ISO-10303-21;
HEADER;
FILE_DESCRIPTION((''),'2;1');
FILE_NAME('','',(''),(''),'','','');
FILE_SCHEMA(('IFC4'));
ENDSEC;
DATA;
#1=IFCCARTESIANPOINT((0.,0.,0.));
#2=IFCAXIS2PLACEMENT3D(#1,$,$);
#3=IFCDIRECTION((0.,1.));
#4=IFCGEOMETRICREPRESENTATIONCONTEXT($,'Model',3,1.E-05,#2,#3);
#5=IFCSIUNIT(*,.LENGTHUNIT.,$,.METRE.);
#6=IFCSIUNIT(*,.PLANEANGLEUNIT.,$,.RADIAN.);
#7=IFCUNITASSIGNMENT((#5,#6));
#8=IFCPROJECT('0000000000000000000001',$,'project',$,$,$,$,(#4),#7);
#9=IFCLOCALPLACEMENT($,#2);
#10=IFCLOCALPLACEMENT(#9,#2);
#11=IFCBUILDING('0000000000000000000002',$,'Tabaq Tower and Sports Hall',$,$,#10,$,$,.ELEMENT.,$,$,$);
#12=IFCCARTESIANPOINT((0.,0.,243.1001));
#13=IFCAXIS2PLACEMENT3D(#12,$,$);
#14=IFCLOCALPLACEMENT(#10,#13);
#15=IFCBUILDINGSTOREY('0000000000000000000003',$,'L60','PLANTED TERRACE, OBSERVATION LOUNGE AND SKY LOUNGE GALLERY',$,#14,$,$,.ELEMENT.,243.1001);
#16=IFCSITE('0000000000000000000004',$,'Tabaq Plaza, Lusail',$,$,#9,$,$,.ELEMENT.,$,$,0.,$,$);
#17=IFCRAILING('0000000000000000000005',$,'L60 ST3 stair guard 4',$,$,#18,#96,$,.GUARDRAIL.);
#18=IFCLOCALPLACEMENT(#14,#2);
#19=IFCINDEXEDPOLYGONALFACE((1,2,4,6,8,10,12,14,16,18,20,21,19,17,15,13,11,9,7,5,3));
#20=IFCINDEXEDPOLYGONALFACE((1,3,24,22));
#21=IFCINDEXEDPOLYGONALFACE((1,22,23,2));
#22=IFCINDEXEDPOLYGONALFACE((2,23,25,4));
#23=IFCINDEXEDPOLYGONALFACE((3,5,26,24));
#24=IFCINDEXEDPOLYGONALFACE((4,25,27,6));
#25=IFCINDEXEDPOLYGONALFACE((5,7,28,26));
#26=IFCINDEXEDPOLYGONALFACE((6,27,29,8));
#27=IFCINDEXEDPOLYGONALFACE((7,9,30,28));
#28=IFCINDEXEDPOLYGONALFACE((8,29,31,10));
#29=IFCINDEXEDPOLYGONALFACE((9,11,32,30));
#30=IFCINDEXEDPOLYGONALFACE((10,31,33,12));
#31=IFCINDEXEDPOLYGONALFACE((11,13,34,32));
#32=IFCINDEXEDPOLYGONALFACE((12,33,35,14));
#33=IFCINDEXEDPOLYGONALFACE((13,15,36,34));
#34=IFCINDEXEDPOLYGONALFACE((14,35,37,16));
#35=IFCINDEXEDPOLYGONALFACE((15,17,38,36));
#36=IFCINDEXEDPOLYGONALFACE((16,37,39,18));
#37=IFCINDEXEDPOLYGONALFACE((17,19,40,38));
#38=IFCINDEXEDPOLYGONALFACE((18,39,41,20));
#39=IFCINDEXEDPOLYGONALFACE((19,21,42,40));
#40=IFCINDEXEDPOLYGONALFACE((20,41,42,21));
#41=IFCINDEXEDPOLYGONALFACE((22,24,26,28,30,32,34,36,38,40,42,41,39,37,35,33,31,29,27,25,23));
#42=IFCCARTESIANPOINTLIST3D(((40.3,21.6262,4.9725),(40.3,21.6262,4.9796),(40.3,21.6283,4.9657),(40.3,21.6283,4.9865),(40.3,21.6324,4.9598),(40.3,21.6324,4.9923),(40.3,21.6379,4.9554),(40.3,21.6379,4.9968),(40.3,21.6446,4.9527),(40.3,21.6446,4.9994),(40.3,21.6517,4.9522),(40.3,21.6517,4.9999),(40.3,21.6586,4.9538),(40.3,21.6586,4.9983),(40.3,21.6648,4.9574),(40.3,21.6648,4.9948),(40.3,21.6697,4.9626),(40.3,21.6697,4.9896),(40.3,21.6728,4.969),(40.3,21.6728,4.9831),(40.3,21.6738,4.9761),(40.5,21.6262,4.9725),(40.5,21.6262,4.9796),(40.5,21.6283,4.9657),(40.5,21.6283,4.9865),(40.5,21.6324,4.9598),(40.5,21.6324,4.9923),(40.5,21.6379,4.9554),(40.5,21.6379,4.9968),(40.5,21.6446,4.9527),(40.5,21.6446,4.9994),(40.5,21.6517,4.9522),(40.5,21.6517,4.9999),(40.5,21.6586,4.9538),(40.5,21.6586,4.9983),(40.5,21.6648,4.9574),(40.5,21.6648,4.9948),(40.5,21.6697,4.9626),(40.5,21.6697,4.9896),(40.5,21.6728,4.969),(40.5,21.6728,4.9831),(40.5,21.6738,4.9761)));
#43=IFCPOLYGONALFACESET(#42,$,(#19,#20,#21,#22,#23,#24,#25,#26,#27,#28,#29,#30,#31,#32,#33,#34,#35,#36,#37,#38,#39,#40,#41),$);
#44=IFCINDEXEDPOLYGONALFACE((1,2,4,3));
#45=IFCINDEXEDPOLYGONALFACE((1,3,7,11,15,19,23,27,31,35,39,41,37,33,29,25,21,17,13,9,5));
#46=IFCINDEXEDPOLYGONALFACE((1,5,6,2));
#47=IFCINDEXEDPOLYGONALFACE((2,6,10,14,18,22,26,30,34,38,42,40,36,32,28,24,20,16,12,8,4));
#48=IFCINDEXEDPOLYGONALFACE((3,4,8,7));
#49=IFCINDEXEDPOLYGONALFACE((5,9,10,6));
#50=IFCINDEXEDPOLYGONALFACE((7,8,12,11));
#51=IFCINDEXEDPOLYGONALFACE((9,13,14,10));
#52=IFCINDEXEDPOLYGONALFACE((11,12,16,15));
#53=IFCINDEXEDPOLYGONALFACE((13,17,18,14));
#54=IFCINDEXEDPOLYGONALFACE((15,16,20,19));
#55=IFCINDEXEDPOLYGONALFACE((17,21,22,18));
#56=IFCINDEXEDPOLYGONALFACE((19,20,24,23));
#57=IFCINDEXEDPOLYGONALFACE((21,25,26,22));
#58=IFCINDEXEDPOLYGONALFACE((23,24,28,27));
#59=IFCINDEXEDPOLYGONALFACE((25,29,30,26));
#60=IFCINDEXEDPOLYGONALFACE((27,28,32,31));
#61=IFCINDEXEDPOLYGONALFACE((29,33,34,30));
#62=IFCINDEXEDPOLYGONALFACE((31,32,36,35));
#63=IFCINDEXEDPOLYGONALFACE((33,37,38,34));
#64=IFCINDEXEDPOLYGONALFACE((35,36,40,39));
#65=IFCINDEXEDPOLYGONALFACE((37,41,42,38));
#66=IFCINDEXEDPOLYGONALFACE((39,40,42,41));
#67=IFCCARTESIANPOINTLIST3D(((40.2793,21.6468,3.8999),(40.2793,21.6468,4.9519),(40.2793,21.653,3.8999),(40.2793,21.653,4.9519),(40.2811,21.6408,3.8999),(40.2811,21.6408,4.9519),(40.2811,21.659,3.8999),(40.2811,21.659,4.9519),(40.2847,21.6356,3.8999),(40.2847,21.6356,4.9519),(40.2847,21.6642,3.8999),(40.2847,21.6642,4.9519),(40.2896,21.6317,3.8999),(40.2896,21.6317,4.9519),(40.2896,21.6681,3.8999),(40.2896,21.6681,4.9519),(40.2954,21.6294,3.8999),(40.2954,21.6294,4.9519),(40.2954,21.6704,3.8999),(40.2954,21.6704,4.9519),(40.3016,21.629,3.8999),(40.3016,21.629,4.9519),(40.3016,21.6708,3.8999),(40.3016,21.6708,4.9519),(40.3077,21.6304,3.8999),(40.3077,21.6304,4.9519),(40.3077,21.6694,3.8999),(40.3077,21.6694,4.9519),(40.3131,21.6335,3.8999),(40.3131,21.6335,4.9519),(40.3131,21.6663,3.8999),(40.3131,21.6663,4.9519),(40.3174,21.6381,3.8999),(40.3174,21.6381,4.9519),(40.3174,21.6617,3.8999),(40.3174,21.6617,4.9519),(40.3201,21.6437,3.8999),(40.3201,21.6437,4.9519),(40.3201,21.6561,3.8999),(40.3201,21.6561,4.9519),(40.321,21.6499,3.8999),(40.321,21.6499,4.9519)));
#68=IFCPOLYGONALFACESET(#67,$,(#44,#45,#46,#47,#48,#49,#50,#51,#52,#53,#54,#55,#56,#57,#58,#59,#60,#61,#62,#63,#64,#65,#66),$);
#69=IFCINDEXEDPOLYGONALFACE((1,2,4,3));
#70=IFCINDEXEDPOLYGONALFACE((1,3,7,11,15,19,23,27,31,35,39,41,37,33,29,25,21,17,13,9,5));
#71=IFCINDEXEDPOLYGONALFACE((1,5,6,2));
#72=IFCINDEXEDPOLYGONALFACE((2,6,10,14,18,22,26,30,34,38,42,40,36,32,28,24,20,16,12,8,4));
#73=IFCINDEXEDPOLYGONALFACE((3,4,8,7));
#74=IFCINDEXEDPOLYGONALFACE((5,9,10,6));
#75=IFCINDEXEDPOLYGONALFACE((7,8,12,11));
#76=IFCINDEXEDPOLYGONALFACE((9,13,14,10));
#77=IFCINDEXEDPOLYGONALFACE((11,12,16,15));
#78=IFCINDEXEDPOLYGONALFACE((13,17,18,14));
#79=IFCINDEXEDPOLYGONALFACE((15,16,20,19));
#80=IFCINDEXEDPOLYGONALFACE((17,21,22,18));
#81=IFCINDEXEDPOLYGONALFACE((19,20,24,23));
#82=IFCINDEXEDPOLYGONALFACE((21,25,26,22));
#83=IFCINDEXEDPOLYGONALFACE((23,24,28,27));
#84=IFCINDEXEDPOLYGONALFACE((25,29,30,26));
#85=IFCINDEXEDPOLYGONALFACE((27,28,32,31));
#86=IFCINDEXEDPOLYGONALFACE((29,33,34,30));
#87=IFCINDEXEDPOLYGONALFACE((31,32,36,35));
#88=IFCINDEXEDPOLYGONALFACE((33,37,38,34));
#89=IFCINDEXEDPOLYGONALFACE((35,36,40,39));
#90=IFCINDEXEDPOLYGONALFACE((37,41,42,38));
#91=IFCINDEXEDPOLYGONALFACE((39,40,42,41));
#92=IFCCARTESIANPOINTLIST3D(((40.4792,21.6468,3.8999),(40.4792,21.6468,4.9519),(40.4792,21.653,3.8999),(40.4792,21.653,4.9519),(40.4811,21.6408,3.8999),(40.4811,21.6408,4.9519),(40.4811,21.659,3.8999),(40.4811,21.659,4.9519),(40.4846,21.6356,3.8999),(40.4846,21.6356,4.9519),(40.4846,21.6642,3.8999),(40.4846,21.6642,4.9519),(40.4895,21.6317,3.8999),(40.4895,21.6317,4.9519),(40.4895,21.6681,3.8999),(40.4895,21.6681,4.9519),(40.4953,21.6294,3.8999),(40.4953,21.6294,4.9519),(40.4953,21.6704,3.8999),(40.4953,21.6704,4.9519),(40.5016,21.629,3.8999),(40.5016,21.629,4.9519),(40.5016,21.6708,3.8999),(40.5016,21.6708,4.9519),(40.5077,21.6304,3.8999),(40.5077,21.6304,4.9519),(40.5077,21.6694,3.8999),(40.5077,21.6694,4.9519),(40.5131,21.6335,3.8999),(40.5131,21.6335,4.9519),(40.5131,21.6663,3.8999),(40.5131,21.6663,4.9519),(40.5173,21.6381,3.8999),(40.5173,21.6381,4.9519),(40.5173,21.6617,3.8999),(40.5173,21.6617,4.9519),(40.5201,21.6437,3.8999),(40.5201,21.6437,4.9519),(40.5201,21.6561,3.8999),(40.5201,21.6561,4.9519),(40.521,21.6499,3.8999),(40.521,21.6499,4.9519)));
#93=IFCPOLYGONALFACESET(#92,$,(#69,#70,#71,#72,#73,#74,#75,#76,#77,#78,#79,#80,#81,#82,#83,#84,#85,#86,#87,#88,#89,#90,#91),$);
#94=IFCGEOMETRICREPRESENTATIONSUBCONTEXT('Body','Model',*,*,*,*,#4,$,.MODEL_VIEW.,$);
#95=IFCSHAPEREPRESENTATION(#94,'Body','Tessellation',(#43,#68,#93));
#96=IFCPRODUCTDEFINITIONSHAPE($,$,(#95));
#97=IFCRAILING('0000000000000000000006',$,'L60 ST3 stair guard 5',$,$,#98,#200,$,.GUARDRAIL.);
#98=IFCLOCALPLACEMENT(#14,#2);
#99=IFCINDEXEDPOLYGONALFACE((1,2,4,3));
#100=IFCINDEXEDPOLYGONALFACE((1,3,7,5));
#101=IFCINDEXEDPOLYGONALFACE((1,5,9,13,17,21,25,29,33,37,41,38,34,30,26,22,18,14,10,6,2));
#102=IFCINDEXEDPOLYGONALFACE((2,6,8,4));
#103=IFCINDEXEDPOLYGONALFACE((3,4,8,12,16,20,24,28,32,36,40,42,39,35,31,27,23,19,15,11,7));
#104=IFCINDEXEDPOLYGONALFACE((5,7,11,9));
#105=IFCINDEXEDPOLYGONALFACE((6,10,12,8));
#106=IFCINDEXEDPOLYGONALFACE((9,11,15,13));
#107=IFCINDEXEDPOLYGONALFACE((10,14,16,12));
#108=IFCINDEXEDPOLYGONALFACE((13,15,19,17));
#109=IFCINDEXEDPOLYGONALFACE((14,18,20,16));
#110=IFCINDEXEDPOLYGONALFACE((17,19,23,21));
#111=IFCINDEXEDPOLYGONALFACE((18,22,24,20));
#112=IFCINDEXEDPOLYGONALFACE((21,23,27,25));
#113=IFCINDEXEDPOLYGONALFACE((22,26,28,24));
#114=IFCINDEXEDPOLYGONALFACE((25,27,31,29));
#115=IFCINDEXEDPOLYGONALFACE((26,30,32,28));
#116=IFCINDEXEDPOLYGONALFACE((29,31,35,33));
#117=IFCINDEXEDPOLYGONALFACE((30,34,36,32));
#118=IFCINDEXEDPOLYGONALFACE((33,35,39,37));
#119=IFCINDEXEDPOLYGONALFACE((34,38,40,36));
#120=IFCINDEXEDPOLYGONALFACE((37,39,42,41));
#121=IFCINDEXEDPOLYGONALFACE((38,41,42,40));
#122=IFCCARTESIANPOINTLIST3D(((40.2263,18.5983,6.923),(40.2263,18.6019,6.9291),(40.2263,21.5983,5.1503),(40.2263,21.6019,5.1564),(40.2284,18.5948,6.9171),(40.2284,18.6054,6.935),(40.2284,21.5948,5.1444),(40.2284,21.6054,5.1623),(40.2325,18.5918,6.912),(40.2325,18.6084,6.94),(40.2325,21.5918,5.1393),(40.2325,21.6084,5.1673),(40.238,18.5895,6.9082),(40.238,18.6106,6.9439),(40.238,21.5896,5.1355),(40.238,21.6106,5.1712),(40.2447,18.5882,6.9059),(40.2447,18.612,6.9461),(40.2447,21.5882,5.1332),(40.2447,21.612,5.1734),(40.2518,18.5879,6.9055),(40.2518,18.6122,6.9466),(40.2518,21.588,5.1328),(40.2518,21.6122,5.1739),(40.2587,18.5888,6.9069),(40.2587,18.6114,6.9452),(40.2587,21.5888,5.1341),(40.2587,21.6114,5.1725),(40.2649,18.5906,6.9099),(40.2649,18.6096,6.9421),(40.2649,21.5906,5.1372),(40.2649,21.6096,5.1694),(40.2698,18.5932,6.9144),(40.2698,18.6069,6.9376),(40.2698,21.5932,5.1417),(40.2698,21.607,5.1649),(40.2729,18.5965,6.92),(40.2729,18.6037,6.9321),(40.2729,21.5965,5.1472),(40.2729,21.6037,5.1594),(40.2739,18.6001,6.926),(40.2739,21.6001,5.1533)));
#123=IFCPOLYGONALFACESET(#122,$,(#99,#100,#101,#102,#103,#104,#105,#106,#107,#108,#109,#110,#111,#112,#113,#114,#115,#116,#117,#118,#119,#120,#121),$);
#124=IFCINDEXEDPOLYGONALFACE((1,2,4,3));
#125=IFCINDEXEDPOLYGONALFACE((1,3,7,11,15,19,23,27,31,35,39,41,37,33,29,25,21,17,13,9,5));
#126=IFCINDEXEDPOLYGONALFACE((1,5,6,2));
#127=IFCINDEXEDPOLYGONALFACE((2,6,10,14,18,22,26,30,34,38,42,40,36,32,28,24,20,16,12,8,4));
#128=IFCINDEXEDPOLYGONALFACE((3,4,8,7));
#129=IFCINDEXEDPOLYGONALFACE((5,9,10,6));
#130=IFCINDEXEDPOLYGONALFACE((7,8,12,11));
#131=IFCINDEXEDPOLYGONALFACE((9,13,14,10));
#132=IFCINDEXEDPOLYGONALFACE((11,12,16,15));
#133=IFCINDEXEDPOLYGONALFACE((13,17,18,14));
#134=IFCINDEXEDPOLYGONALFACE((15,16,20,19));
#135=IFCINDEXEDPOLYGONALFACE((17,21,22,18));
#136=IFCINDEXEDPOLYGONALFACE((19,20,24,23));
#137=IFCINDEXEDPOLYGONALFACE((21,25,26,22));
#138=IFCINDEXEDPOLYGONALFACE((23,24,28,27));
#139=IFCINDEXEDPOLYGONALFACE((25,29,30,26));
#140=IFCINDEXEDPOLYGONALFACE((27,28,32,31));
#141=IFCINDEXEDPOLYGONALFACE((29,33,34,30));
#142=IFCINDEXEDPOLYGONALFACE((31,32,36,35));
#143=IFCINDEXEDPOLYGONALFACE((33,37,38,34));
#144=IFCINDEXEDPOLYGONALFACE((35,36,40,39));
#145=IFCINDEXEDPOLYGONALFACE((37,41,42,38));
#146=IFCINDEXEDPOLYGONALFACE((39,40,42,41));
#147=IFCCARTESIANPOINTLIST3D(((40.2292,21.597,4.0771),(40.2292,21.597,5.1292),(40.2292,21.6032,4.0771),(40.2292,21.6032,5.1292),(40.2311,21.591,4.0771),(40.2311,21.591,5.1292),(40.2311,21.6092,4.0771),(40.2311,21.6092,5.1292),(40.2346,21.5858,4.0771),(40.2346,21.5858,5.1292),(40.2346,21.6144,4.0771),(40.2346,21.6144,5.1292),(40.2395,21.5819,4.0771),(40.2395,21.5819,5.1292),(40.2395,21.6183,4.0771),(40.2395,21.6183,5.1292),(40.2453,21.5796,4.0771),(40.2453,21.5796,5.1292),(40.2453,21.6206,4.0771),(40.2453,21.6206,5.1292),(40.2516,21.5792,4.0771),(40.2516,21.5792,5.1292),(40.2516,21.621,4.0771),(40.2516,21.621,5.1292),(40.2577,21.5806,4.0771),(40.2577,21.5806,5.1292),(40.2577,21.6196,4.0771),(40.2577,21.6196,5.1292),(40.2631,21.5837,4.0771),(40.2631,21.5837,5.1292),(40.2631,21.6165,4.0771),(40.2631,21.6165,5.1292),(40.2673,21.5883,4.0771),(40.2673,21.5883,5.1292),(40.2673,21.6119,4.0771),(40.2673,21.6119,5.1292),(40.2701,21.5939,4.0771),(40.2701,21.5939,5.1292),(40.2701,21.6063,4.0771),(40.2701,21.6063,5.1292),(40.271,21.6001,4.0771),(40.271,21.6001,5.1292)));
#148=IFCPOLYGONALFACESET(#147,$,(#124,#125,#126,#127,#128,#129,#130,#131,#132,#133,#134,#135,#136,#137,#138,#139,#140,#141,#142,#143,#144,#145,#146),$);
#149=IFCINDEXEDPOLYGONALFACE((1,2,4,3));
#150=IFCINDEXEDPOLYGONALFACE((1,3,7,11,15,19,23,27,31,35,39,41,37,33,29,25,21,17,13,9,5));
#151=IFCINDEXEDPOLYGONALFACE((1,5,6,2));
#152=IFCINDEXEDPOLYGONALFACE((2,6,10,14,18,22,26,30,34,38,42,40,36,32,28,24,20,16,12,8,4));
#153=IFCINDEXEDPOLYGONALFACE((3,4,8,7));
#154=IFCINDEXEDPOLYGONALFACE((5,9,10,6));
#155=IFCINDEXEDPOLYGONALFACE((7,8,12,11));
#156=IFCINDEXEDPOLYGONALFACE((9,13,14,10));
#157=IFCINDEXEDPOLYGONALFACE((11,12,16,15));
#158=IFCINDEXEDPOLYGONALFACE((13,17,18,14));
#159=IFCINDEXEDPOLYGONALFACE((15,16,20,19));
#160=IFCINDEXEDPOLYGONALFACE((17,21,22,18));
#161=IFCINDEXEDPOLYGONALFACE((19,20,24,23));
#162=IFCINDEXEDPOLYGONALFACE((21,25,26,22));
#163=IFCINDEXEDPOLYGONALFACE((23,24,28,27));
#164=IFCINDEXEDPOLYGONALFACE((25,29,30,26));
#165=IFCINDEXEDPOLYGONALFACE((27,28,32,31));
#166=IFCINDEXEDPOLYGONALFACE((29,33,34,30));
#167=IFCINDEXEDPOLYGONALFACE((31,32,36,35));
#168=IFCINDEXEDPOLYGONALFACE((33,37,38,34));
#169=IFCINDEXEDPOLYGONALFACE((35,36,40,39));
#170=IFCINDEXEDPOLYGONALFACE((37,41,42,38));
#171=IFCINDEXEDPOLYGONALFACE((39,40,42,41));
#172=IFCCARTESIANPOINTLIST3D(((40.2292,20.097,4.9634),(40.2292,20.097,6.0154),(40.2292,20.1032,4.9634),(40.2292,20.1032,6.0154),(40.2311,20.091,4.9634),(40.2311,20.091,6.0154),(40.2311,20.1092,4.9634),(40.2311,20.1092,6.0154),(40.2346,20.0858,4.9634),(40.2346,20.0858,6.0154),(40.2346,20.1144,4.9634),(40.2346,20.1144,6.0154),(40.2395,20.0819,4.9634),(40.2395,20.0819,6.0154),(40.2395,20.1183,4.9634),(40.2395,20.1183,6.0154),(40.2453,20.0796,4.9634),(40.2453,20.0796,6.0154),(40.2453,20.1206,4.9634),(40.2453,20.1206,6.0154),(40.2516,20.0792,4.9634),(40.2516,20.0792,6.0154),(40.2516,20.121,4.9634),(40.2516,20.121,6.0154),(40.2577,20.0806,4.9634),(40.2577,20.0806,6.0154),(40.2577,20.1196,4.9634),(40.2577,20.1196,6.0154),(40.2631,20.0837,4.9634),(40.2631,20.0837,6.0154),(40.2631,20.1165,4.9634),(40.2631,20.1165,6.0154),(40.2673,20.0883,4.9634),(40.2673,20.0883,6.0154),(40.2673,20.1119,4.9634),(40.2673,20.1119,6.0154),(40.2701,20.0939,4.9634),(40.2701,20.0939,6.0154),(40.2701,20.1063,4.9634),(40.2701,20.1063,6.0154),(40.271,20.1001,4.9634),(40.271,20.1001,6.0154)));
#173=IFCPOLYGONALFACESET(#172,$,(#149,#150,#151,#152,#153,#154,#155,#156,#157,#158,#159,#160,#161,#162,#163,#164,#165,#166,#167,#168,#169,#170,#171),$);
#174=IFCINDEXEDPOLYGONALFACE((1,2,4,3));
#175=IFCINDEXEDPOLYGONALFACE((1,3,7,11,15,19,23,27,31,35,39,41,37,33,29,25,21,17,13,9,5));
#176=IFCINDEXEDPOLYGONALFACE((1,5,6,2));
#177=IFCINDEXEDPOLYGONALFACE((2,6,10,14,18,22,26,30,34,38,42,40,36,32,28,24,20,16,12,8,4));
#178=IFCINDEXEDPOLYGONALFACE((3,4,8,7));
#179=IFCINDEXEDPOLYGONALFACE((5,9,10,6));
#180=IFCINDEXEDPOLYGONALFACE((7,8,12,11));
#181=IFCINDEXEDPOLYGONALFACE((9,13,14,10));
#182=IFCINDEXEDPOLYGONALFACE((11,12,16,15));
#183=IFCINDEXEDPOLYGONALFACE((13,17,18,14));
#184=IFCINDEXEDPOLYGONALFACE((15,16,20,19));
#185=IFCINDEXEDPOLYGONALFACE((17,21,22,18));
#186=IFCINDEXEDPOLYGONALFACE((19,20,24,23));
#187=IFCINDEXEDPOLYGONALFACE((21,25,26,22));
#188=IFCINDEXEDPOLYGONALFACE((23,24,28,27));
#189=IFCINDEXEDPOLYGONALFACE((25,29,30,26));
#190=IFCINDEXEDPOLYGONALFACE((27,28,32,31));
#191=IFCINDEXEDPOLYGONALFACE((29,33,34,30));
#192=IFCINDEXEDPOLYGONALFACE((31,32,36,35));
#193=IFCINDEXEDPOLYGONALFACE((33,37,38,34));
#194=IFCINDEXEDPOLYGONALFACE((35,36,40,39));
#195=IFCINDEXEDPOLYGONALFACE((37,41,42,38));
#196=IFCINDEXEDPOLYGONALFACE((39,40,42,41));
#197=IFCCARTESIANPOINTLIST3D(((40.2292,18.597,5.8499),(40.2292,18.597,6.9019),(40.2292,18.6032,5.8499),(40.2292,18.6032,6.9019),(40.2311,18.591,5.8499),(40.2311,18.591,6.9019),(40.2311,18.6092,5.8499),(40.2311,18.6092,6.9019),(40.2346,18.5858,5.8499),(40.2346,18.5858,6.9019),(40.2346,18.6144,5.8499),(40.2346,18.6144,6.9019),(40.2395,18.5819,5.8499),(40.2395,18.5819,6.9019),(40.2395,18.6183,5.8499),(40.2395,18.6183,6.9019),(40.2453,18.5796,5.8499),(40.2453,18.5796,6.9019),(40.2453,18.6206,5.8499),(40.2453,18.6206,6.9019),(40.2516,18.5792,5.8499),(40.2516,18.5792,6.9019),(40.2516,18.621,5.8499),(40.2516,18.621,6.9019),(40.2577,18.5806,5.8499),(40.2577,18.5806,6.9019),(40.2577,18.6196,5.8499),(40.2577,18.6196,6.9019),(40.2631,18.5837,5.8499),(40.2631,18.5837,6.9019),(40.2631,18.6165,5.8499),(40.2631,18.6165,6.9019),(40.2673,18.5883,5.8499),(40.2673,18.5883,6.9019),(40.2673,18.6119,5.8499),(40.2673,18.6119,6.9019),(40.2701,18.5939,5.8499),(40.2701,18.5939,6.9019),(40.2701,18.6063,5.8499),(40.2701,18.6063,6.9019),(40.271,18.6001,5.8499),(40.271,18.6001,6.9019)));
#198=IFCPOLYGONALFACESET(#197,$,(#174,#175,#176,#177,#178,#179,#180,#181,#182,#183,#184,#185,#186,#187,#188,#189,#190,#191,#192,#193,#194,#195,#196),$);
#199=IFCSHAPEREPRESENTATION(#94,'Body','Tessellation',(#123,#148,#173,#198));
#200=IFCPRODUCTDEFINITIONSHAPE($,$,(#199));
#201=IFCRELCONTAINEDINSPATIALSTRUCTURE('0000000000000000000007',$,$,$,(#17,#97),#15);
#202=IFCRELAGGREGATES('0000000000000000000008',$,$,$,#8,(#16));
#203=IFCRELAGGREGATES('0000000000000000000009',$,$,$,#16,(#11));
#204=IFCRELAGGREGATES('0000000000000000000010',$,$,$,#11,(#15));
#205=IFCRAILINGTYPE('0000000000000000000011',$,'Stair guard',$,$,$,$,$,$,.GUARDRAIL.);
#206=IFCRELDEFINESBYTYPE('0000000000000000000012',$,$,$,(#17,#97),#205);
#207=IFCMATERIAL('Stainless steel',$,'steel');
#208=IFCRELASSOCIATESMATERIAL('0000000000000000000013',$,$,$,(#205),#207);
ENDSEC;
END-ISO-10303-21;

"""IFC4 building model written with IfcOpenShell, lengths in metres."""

from ifc_helpers import new_model, si_unit, direction, frame, origin, origin_2d, place, context, subcontext, project, spatial, circle, extrude, material, type_object, element, save


model = new_model("IFC4")

# Units and contexts
model_context = context("Model", 3, precision=1e-05, world=origin(), true_north=direction((0.0, 1.0)))
body_context = subcontext(model_context, "Body", "Model", "MODEL_VIEW")
ifc_project = project(units=[si_unit("LENGTHUNIT", "METRE"), si_unit("PLANEANGLEUNIT", "RADIAN")], contexts=[model_context])

# Site, building, storey
site_placement = place(None, origin())
site = spatial("IfcSite", under=ifc_project, at=site_placement, Name="Tabaq Plaza, Lusail", CompositionType="ELEMENT", RefElevation=0.0)
building_placement = place(site_placement, origin())
building = spatial("IfcBuilding", under=site, at=building_placement, Name="Tabaq Tower and Sports Hall", CompositionType="ELEMENT")
storey_placement = place(building_placement, frame((0.0, 0.0, 243.1001)))
storey = spatial("IfcBuildingStorey", under=building, at=storey_placement, Name="L60", Description="PLANTED TERRACE, OBSERVATION LOUNGE AND SKY LOUNGE GALLERY", CompositionType="ELEMENT", Elevation=243.1001)

# Railings
ifc_material_1 = material(Name="Stainless steel", Category="steel")
railing_type_1 = type_object("IfcRailingType", Name="Stair guard", PredefinedType="GUARDRAIL", material=ifc_material_1)
railing_1_placement = place(storey_placement, frame((40.3, 21.6499, 3.8999)))
element("IfcRailing", 1, at=railing_1_placement, inside=storey, type_object=railing_type_1, Name="L60 ST3 stair guard 4", PredefinedType="GUARDRAIL", context=body_context, shape_type="SweptSolid", body=[
    extrude(circle(Radius=0.0239, at=origin_2d()), frame((0.0, 0.0, 1.0762), z_axis=(1.0, 0.0, 0.0), x_axis=(0.0, 1.0, 0.0)), (0.0, 0.0, 1.0), 0.2),
    extrude(circle(Radius=0.021, at=origin_2d()), origin(), (0.0, 0.0, 1.0), 1.052),
    extrude(circle(Radius=0.021, at=origin_2d()), frame((0.2, 0.0, 0.0)), (0.0, 0.0, 1.0), 1.052),
])
railing_2_placement = place(storey_placement, frame((40.25, 21.6001, 4.0771)))
element("IfcRailing", 2, at=railing_2_placement, inside=storey, type_object=railing_type_1, Name="L60 ST3 stair guard 5", PredefinedType="GUARDRAIL", context=body_context, shape_type="SweptSolid", body=[
    extrude(circle(Radius=0.0239, at=origin_2d()), frame((0.0, 0.0, 1.0762), z_axis=(0.0, -0.860929, 0.508725), x_axis=(1.0, 0.0, 0.0)), (0.0, 0.0, 1.0), 3.4846),
    extrude(circle(Radius=0.021, at=origin_2d()), origin(), (0.0, 0.0, 1.0), 1.052),
    extrude(circle(Radius=0.021, at=origin_2d()), frame((0.0, -1.5, 0.8862)), (0.0, 0.0, 1.0), 1.052),
    extrude(circle(Radius=0.021, at=origin_2d()), frame((0.0, -3.0, 1.7727)), (0.0, 0.0, 1.0), 1.052),
])

save(model, "model.ifc")
